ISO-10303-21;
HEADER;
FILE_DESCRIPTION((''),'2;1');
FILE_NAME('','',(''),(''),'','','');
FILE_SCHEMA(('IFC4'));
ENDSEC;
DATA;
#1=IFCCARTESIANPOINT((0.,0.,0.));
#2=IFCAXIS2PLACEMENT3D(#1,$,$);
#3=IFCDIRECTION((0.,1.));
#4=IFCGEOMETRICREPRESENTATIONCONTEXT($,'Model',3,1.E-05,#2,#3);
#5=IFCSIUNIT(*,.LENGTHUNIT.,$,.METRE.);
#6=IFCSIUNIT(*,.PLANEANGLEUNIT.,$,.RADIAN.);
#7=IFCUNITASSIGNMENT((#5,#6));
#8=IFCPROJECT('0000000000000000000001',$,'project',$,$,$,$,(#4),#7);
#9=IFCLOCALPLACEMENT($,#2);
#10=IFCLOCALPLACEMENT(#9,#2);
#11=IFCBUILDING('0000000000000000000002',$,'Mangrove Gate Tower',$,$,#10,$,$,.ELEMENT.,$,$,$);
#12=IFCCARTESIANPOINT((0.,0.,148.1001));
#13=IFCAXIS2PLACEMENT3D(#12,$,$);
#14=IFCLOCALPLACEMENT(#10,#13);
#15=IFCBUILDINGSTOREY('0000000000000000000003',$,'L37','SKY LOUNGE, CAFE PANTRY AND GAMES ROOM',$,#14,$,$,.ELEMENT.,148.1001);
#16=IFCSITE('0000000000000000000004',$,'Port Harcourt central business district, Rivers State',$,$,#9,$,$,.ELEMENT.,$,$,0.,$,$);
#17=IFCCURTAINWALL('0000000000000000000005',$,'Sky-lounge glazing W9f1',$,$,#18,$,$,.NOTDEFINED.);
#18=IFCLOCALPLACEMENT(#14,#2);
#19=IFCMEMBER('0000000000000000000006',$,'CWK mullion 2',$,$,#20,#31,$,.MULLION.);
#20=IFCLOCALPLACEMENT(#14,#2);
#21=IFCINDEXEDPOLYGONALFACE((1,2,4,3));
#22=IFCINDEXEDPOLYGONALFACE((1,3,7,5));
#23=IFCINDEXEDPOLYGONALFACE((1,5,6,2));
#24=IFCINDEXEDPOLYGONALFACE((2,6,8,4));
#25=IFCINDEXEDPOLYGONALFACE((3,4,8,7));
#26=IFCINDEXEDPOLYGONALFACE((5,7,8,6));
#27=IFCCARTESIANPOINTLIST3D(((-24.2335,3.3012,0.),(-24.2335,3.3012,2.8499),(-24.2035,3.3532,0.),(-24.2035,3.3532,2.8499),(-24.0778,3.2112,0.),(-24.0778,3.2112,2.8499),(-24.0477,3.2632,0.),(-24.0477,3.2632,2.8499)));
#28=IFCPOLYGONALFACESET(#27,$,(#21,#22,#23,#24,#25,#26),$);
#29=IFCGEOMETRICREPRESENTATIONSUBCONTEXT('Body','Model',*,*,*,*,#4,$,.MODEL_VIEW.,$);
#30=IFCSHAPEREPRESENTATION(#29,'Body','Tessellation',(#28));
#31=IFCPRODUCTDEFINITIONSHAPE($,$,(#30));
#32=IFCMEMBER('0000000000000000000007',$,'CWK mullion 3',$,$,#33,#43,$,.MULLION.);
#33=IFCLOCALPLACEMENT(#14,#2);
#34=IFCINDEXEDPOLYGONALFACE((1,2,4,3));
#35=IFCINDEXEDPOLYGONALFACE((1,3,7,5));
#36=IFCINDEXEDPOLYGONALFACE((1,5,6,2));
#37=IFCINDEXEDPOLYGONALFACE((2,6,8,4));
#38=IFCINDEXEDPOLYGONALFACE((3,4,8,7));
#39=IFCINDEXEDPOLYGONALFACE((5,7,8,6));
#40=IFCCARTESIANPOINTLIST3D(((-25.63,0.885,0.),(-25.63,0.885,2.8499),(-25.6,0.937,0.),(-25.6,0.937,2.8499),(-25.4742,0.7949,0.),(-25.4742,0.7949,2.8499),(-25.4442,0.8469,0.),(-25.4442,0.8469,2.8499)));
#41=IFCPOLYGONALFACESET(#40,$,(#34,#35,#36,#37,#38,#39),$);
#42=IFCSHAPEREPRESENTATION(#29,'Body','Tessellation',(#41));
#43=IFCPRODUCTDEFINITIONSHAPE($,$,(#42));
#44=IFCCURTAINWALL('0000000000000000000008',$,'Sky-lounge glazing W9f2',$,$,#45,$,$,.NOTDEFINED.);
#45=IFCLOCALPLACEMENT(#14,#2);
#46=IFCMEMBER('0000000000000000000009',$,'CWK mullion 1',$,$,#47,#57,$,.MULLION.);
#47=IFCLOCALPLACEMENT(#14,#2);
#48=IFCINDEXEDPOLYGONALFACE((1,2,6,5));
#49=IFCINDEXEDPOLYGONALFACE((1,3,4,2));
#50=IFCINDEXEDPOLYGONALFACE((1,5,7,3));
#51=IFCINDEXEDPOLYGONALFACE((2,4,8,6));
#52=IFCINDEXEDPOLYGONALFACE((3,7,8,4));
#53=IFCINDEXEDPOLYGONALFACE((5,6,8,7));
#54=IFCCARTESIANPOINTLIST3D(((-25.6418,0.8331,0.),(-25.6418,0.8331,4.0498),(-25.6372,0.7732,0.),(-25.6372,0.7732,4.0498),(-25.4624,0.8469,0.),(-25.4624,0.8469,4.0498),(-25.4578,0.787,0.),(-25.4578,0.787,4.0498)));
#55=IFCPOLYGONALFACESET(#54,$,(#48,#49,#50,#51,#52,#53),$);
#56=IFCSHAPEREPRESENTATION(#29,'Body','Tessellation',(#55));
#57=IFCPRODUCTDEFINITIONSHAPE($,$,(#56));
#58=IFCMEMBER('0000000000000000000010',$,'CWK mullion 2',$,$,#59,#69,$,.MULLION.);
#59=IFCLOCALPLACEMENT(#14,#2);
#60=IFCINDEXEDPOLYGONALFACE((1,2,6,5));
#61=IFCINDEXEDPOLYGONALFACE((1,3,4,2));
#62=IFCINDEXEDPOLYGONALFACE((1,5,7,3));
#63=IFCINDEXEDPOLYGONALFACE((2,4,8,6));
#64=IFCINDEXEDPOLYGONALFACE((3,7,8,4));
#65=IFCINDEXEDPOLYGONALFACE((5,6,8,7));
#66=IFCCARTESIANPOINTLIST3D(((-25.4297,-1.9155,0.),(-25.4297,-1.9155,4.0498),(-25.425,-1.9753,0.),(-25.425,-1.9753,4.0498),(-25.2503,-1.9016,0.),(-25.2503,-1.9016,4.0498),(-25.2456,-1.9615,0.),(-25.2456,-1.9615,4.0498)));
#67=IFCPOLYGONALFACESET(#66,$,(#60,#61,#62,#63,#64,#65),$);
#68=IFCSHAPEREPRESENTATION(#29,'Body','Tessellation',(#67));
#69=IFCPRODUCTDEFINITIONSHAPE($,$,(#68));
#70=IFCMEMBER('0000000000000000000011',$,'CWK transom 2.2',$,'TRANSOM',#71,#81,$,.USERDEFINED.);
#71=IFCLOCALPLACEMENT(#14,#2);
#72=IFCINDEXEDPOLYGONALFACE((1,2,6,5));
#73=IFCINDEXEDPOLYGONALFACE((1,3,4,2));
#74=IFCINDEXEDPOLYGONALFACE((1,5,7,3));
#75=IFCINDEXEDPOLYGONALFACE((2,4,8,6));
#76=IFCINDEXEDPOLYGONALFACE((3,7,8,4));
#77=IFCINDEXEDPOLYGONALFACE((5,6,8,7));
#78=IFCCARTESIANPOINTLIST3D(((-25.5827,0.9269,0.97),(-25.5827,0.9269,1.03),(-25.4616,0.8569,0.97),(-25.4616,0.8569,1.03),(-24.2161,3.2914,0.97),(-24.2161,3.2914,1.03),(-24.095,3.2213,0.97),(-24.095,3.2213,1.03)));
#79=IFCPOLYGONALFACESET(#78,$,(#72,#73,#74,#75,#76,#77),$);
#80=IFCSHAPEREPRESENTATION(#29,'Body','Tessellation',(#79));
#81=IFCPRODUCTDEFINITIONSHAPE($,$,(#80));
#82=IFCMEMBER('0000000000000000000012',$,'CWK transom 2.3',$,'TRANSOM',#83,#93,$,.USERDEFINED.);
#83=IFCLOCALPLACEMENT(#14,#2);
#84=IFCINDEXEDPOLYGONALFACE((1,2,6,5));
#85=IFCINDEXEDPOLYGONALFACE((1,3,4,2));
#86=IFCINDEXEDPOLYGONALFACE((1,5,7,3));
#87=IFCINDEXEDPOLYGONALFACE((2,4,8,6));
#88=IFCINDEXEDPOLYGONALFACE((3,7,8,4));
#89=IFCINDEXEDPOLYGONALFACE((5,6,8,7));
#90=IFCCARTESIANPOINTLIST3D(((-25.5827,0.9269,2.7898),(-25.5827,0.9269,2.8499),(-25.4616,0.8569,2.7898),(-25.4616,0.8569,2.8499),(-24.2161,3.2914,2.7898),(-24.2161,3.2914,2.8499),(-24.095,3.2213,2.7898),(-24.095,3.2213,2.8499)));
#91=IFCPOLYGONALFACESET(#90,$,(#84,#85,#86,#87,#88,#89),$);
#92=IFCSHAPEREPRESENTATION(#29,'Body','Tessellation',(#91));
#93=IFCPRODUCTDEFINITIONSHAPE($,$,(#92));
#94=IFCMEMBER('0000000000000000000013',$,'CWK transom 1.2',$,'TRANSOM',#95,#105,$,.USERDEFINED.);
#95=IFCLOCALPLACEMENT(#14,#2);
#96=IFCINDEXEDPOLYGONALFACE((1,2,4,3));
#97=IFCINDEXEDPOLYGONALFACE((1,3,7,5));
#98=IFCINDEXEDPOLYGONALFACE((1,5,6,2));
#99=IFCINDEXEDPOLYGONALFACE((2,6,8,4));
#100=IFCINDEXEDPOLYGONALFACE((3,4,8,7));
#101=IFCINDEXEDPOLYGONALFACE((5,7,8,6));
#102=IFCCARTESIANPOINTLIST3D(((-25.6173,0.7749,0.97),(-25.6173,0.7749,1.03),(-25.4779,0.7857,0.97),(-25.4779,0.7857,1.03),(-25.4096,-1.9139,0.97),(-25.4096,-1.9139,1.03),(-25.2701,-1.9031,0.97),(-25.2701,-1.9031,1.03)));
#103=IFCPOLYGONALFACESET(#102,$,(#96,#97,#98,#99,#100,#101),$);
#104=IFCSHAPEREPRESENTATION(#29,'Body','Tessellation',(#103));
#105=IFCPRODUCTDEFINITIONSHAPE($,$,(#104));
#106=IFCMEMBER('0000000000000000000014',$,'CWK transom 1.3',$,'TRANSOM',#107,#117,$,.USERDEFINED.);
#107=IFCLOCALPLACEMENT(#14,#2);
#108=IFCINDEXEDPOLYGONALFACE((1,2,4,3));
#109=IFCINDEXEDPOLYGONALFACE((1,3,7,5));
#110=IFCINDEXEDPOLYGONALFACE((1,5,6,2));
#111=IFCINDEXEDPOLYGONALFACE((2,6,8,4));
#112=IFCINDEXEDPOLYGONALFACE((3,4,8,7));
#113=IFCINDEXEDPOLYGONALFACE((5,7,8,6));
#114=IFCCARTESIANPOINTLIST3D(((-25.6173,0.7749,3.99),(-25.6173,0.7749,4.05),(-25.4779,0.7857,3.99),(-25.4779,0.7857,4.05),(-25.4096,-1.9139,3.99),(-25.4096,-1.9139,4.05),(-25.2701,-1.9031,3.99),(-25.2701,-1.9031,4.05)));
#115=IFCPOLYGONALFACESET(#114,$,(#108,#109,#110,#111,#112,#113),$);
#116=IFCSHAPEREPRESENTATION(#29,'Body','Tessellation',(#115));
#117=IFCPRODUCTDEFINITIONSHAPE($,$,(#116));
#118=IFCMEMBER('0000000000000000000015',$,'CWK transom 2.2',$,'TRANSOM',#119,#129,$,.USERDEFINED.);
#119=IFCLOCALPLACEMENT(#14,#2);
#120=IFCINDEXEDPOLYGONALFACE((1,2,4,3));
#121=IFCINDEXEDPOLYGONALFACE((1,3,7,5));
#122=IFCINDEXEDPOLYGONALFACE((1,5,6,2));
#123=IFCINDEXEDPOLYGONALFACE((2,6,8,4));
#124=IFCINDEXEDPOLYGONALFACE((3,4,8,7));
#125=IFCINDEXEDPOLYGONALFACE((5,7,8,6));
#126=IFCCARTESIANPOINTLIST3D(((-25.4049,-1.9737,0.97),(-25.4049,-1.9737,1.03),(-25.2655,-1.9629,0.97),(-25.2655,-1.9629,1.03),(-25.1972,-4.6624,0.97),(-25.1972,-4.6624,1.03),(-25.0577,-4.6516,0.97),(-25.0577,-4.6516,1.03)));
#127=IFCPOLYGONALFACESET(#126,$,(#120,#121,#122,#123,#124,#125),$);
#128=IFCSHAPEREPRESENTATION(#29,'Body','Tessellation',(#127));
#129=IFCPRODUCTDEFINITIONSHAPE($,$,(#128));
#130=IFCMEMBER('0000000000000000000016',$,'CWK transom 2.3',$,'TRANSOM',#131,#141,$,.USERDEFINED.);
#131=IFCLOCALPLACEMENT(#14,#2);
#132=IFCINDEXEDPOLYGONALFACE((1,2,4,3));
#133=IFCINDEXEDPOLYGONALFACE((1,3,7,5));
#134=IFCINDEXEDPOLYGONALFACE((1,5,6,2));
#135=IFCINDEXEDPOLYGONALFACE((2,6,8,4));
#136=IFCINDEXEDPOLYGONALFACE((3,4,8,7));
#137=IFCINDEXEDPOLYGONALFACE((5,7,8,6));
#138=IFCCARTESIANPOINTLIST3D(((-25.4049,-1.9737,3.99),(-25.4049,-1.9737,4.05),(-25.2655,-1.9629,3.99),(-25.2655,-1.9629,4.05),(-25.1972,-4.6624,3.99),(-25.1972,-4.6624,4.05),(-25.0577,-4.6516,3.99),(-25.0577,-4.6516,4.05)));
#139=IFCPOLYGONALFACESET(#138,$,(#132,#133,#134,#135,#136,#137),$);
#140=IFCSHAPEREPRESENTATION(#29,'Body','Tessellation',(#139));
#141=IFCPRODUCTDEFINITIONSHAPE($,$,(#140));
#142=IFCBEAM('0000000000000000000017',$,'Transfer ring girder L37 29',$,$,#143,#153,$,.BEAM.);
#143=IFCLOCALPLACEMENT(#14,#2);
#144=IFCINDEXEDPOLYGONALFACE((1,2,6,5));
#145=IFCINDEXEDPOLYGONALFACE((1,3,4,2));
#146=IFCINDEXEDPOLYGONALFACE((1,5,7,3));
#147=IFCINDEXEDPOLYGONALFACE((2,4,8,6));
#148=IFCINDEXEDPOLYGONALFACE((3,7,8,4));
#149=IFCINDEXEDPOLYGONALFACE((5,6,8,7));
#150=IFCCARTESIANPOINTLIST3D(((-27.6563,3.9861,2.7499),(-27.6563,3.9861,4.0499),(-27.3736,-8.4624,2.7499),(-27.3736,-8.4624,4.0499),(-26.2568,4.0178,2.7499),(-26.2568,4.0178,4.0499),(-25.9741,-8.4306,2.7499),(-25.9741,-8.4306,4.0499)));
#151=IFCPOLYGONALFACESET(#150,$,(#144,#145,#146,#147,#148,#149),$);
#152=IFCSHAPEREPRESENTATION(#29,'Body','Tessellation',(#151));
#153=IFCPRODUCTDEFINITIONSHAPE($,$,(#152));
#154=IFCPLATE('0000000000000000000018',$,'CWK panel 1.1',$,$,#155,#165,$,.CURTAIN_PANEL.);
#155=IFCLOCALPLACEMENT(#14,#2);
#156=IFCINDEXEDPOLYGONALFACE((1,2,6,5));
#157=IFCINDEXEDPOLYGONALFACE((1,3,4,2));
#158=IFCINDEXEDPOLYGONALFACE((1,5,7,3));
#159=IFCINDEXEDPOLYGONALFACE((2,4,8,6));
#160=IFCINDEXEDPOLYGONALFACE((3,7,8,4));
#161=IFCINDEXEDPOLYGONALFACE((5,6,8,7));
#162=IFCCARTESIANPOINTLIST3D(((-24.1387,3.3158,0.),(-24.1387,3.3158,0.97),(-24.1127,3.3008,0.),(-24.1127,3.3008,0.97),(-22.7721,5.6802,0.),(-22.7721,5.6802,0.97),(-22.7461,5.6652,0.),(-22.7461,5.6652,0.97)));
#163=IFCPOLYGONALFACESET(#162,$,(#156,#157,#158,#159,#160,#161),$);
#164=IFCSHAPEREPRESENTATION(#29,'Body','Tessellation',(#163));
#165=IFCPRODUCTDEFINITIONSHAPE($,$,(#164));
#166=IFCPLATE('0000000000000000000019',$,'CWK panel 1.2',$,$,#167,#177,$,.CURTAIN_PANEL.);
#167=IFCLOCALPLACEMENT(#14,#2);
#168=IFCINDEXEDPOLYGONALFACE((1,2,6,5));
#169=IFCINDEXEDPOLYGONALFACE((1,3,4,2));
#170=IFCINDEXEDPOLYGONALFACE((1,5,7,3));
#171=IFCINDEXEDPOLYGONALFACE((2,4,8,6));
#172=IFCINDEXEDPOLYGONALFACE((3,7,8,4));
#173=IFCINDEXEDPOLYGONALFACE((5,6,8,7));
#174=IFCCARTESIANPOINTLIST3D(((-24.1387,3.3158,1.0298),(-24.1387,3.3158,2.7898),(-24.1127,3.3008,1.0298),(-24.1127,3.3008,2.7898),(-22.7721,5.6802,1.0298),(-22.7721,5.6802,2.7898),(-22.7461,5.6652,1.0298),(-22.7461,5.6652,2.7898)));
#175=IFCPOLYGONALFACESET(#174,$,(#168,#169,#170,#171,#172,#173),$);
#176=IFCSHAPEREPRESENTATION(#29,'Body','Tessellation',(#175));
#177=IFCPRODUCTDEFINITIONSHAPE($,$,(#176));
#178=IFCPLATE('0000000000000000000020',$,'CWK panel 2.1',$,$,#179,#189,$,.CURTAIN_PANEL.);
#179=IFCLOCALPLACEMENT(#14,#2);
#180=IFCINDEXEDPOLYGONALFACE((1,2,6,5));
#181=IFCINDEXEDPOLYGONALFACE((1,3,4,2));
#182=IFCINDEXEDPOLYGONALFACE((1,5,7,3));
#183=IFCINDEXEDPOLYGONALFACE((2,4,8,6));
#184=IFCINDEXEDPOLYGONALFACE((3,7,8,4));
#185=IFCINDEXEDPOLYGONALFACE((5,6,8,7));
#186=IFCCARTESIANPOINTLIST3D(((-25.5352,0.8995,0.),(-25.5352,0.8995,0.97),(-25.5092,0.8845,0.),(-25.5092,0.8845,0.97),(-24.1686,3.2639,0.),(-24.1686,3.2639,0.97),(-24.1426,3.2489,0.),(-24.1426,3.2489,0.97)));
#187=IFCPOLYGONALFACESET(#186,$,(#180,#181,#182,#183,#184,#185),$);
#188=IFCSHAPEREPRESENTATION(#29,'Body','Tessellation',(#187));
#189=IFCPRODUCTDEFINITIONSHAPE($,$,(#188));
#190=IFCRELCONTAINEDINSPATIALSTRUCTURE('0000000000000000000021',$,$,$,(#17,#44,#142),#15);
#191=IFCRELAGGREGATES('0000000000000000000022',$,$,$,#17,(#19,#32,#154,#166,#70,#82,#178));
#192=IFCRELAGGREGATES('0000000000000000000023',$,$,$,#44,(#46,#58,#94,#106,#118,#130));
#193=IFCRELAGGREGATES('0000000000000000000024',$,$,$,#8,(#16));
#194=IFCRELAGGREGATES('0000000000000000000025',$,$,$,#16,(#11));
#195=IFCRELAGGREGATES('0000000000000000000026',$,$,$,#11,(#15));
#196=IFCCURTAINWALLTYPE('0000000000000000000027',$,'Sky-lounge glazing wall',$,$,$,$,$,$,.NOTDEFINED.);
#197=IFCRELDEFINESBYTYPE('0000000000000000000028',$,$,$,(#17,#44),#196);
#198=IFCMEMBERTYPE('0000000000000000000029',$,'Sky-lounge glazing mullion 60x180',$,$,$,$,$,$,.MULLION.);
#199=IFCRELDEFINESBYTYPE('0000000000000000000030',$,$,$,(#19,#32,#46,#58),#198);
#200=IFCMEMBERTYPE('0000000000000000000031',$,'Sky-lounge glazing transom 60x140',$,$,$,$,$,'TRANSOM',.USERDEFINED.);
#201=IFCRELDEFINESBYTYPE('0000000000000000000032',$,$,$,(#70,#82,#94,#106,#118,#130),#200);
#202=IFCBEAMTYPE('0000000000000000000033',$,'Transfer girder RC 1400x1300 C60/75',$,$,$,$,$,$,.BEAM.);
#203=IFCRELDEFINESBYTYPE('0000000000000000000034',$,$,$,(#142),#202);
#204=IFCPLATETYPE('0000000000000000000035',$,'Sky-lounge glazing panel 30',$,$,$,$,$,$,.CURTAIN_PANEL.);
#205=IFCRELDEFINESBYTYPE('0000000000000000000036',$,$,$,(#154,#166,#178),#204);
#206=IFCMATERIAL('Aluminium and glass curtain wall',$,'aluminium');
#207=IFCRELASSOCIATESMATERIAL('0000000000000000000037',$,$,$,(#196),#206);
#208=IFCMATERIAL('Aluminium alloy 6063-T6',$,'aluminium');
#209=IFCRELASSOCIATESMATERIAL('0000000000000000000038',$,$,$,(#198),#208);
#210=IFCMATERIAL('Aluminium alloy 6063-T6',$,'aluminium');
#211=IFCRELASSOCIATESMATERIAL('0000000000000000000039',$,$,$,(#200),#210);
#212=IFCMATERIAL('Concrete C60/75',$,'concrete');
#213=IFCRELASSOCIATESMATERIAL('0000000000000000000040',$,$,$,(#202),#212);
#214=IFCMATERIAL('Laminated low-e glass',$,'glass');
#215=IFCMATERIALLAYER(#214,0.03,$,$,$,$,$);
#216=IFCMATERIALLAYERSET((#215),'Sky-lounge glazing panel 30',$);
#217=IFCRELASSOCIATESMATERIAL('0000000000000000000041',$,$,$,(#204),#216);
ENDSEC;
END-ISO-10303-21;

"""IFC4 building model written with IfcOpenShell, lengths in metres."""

from ifc_helpers import new_model, si_unit, direction, frame, origin, origin_2d, place, context, subcontext, project, spatial, rectangle, extrude, material, layer, layer_set, material_profile, profile_set, type_object, element, aggregate, save


model = new_model("IFC4")

# Units and contexts
model_context = context("Model", 3, precision=1e-05, world=origin(), true_north=direction((0.0, 1.0)))
body_context = subcontext(model_context, "Body", "Model", "MODEL_VIEW")
ifc_project = project(units=[si_unit("LENGTHUNIT", "METRE"), si_unit("PLANEANGLEUNIT", "RADIAN")], contexts=[model_context])

# Site, building, storey
site_placement = place(None, origin())
site = spatial("IfcSite", under=ifc_project, at=site_placement, Name="Port Harcourt central business district, Rivers State", CompositionType="ELEMENT", RefElevation=0.0)
building_placement = place(site_placement, origin())
building = spatial("IfcBuilding", under=site, at=building_placement, Name="Mangrove Gate Tower", CompositionType="ELEMENT")
storey_placement = place(building_placement, frame((0.0, 0.0, 148.1001)))
storey = spatial("IfcBuildingStorey", under=building, at=storey_placement, Name="L37", Description="SKY LOUNGE, CAFE PANTRY AND GAMES ROOM", CompositionType="ELEMENT", Elevation=148.1001)

# Curtain walls, members
ifc_material_1 = material(Name="Aluminium and glass curtain wall", Category="aluminium")
curtain_wall_type = type_object("IfcCurtainWallType", Name="Sky-lounge glazing wall", PredefinedType="NOTDEFINED", material=ifc_material_1)
curtain_wall_1_placement = place(storey_placement, origin())
curtain_wall_1 = element("IfcCurtainWall", 1, at=curtain_wall_1_placement, inside=storey, type_object=curtain_wall_type, Name="Sky-lounge glazing W9f1", PredefinedType="NOTDEFINED")
ifc_material_2 = material(Name="Aluminium alloy 6063-T6", Category="aluminium")
ifc_material_profile_1 = material_profile(ifc_material_2, rectangle(XDim=0.0601, YDim=0.1799, at=origin_2d()))
ifc_profile_set_1 = profile_set([ifc_material_profile_1], Name="Aluminium alloy 6063-T6")
member_type_1 = type_object("IfcMemberType", Name="Sky-lounge glazing mullion 60x180", PredefinedType="MULLION", material=ifc_profile_set_1)
member_1_placement = place(storey_placement, frame((-24.1406, 3.2822, 0.0), z_axis=(0.0, 0.0, 1.0), x_axis=(-0.500418, -0.865784, 0.0)))
member_1 = element("IfcMember", 2, at=member_1_placement, type_object=member_type_1, Name="CWK mullion 2", PredefinedType="MULLION", context=body_context, shape_type="SweptSolid", body=[
    extrude(rectangle(XDim=0.0601, YDim=0.1799, at=origin_2d()), origin(), (0.0, 0.0, 1.0), 2.8499),
])
member_2_placement = place(storey_placement, frame((-25.5371, 0.866, 0.0), z_axis=(0.0, 0.0, 1.0), x_axis=(-0.500418, -0.865784, 0.0)))
member_2 = element("IfcMember", 3, at=member_2_placement, type_object=member_type_1, Name="CWK mullion 3", PredefinedType="MULLION", context=body_context, shape_type="SweptSolid", body=[
    extrude(rectangle(XDim=0.0601, YDim=0.1799, at=origin_2d()), origin(), (0.0, 0.0, 1.0), 2.8499),
])
curtain_wall_2_placement = place(storey_placement, origin())
curtain_wall_2 = element("IfcCurtainWall", 4, at=curtain_wall_2_placement, inside=storey, type_object=curtain_wall_type, Name="Sky-lounge glazing W9f2", PredefinedType="NOTDEFINED")
member_3_placement = place(storey_placement, frame((-25.5498, 0.8101, 0.0), z_axis=(0.0, 0.0, 1.0), x_axis=(0.077023, -0.997029, 0.0)))
member_3 = element("IfcMember", 5, at=member_3_placement, type_object=member_type_1, Name="CWK mullion 1", PredefinedType="MULLION", context=body_context, shape_type="SweptSolid", body=[
    extrude(rectangle(XDim=0.0601, YDim=0.1799, at=origin_2d()), origin(), (0.0, 0.0, 1.0), 4.0498),
])
member_4_placement = place(storey_placement, frame((-25.3376, -1.9385, 0.0), z_axis=(0.0, 0.0, 1.0), x_axis=(0.077023, -0.997029, 0.0)))
member_4 = element("IfcMember", 6, at=member_4_placement, type_object=member_type_1, Name="CWK mullion 2", PredefinedType="MULLION", context=body_context, shape_type="SweptSolid", body=[
    extrude(rectangle(XDim=0.0601, YDim=0.1799, at=origin_2d()), origin(), (0.0, 0.0, 1.0), 4.0498),
])

# Members
ifc_material_3 = material(Name="Aluminium alloy 6063-T6", Category="aluminium")
ifc_material_profile_2 = material_profile(ifc_material_3, rectangle(XDim=0.0601, YDim=0.1399, at=origin_2d()))
ifc_profile_set_2 = profile_set([ifc_material_profile_2], Name="Aluminium alloy 6063-T6")
member_type_2 = type_object("IfcMemberType", Name="Sky-lounge glazing transom 60x140", ElementType="TRANSOM", PredefinedType="USERDEFINED", material=ifc_profile_set_2)
member_5_placement = place(storey_placement, frame((-24.1555, 3.2563, 1.0), z_axis=(-0.500427, -0.865779, 0.0), x_axis=(0.0, 0.0, 1.0)))
member_5 = element("IfcMember", 7, at=member_5_placement, type_object=member_type_2, Name="CWK transom 2.2", ObjectType="TRANSOM", PredefinedType="USERDEFINED", context=body_context, shape_type="SweptSolid", body=[
    extrude(rectangle(XDim=0.0601, YDim=0.1399, at=origin_2d()), origin(), (0.0, 0.0, 1.0), 2.731),
])
member_6_placement = place(storey_placement, frame((-24.1555, 3.2563, 2.8198), z_axis=(-0.500427, -0.865779, 0.0), x_axis=(0.0, 0.0, 1.0)))
member_6 = element("IfcMember", 8, at=member_6_placement, type_object=member_type_2, Name="CWK transom 2.3", ObjectType="TRANSOM", PredefinedType="USERDEFINED", context=body_context, shape_type="SweptSolid", body=[
    extrude(rectangle(XDim=0.0601, YDim=0.1399, at=origin_2d()), origin(), (0.0, 0.0, 1.0), 2.731),
])
member_7_placement = place(storey_placement, frame((-25.5476, 0.7803, 1.0), z_axis=(0.077043, -0.997028, 0.0), x_axis=(0.0, 0.0, 1.0)))
member_7 = element("IfcMember", 9, at=member_7_placement, type_object=member_type_2, Name="CWK transom 1.2", ObjectType="TRANSOM", PredefinedType="USERDEFINED", context=body_context, shape_type="SweptSolid", body=[
    extrude(rectangle(XDim=0.0601, YDim=0.1399, at=origin_2d()), origin(), (0.0, 0.0, 1.0), 2.6968),
])
member_8_placement = place(storey_placement, frame((-25.5476, 0.7803, 4.02), z_axis=(0.077043, -0.997028, 0.0), x_axis=(0.0, 0.0, 1.0)))
member_8 = element("IfcMember", 10, at=member_8_placement, type_object=member_type_2, Name="CWK transom 1.3", ObjectType="TRANSOM", PredefinedType="USERDEFINED", context=body_context, shape_type="SweptSolid", body=[
    extrude(rectangle(XDim=0.0601, YDim=0.1399, at=origin_2d()), origin(), (0.0, 0.0, 1.0), 2.6968),
])
member_9_placement = place(storey_placement, frame((-25.3352, -1.9683, 1.0), z_axis=(0.077043, -0.997028, 0.0), x_axis=(0.0, 0.0, 1.0)))
member_9 = element("IfcMember", 11, at=member_9_placement, type_object=member_type_2, Name="CWK transom 2.2", ObjectType="TRANSOM", PredefinedType="USERDEFINED", context=body_context, shape_type="SweptSolid", body=[
    extrude(rectangle(XDim=0.0601, YDim=0.1399, at=origin_2d()), origin(), (0.0, 0.0, 1.0), 2.6968),
])
member_10_placement = place(storey_placement, frame((-25.3352, -1.9683, 4.02), z_axis=(0.077043, -0.997028, 0.0), x_axis=(0.0, 0.0, 1.0)))
member_10 = element("IfcMember", 12, at=member_10_placement, type_object=member_type_2, Name="CWK transom 2.3", ObjectType="TRANSOM", PredefinedType="USERDEFINED", context=body_context, shape_type="SweptSolid", body=[
    extrude(rectangle(XDim=0.0601, YDim=0.1399, at=origin_2d()), origin(), (0.0, 0.0, 1.0), 2.6968),
])

# Beam
ifc_material_4 = material(Name="Concrete C60/75", Category="concrete")
ifc_material_profile_3 = material_profile(ifc_material_4, rectangle(XDim=1.3999, YDim=1.3, at=origin_2d()))
ifc_profile_set_3 = profile_set([ifc_material_profile_3], Name="Concrete C60/75")
beam_type = type_object("IfcBeamType", Name="Transfer girder RC 1400x1300 C60/75", PredefinedType="BEAM", material=ifc_profile_set_3)
beam_placement = place(storey_placement, frame((-26.9565, 4.002, 3.3999), z_axis=(0.022705, -0.999742, 0.0), x_axis=(0.999742, 0.022705, 0.0)))
element("IfcBeam", 13, at=beam_placement, inside=storey, type_object=beam_type, Name="Transfer ring girder L37 29", PredefinedType="BEAM", context=body_context, shape_type="SweptSolid", body=[
    extrude(rectangle(XDim=1.3999, YDim=1.3, at=origin_2d()), origin(), (0.0, 0.0, 1.0), 12.4517),
])

# Plates
ifc_material_5 = material(Name="Laminated low-e glass", Category="glass")
ifc_layer_1 = layer(ifc_material_5, 0.03)
ifc_layer_set_1 = layer_set([ifc_layer_1], Name="Sky-lounge glazing panel 30")
plate_type = type_object("IfcPlateType", Name="Sky-lounge glazing panel 30", PredefinedType="CURTAIN_PANEL", material=ifc_layer_set_1)
plate_1_placement = place(storey_placement, frame((-23.4424, 4.4905, 0.0), z_axis=(0.0, 0.0, 1.0), x_axis=(-0.500418, -0.865784, 0.0)))
plate_1 = element("IfcPlate", 14, at=plate_1_placement, type_object=plate_type, Name="CWK panel 1.1", PredefinedType="CURTAIN_PANEL", context=body_context, shape_type="SweptSolid", body=[
    extrude(rectangle(XDim=2.731, YDim=0.03, at=origin_2d()), origin(), (0.0, 0.0, 1.0), 0.97),
])
plate_2_placement = place(storey_placement, frame((-23.4424, 4.4905, 1.0298), z_axis=(0.0, 0.0, 1.0), x_axis=(-0.500418, -0.865784, 0.0)))
plate_2 = element("IfcPlate", 15, at=plate_2_placement, type_object=plate_type, Name="CWK panel 1.2", PredefinedType="CURTAIN_PANEL", context=body_context, shape_type="SweptSolid", body=[
    extrude(rectangle(XDim=2.731, YDim=0.03, at=origin_2d()), origin(), (0.0, 0.0, 1.0), 1.76),
])
plate_3_placement = place(storey_placement, frame((-24.8389, 2.0742, 0.0), z_axis=(0.0, 0.0, 1.0), x_axis=(-0.500418, -0.865784, 0.0)))
plate_3 = element("IfcPlate", 16, at=plate_3_placement, type_object=plate_type, Name="CWK panel 2.1", PredefinedType="CURTAIN_PANEL", context=body_context, shape_type="SweptSolid", body=[
    extrude(rectangle(XDim=2.731, YDim=0.03, at=origin_2d()), origin(), (0.0, 0.0, 1.0), 0.97),
])
aggregate(curtain_wall_1, [member_1, member_2, plate_1, plate_2, member_5, member_6, plate_3])
aggregate(curtain_wall_2, [member_3, member_4, member_7, member_8, member_9, member_10])

save(model, "model.ifc")
